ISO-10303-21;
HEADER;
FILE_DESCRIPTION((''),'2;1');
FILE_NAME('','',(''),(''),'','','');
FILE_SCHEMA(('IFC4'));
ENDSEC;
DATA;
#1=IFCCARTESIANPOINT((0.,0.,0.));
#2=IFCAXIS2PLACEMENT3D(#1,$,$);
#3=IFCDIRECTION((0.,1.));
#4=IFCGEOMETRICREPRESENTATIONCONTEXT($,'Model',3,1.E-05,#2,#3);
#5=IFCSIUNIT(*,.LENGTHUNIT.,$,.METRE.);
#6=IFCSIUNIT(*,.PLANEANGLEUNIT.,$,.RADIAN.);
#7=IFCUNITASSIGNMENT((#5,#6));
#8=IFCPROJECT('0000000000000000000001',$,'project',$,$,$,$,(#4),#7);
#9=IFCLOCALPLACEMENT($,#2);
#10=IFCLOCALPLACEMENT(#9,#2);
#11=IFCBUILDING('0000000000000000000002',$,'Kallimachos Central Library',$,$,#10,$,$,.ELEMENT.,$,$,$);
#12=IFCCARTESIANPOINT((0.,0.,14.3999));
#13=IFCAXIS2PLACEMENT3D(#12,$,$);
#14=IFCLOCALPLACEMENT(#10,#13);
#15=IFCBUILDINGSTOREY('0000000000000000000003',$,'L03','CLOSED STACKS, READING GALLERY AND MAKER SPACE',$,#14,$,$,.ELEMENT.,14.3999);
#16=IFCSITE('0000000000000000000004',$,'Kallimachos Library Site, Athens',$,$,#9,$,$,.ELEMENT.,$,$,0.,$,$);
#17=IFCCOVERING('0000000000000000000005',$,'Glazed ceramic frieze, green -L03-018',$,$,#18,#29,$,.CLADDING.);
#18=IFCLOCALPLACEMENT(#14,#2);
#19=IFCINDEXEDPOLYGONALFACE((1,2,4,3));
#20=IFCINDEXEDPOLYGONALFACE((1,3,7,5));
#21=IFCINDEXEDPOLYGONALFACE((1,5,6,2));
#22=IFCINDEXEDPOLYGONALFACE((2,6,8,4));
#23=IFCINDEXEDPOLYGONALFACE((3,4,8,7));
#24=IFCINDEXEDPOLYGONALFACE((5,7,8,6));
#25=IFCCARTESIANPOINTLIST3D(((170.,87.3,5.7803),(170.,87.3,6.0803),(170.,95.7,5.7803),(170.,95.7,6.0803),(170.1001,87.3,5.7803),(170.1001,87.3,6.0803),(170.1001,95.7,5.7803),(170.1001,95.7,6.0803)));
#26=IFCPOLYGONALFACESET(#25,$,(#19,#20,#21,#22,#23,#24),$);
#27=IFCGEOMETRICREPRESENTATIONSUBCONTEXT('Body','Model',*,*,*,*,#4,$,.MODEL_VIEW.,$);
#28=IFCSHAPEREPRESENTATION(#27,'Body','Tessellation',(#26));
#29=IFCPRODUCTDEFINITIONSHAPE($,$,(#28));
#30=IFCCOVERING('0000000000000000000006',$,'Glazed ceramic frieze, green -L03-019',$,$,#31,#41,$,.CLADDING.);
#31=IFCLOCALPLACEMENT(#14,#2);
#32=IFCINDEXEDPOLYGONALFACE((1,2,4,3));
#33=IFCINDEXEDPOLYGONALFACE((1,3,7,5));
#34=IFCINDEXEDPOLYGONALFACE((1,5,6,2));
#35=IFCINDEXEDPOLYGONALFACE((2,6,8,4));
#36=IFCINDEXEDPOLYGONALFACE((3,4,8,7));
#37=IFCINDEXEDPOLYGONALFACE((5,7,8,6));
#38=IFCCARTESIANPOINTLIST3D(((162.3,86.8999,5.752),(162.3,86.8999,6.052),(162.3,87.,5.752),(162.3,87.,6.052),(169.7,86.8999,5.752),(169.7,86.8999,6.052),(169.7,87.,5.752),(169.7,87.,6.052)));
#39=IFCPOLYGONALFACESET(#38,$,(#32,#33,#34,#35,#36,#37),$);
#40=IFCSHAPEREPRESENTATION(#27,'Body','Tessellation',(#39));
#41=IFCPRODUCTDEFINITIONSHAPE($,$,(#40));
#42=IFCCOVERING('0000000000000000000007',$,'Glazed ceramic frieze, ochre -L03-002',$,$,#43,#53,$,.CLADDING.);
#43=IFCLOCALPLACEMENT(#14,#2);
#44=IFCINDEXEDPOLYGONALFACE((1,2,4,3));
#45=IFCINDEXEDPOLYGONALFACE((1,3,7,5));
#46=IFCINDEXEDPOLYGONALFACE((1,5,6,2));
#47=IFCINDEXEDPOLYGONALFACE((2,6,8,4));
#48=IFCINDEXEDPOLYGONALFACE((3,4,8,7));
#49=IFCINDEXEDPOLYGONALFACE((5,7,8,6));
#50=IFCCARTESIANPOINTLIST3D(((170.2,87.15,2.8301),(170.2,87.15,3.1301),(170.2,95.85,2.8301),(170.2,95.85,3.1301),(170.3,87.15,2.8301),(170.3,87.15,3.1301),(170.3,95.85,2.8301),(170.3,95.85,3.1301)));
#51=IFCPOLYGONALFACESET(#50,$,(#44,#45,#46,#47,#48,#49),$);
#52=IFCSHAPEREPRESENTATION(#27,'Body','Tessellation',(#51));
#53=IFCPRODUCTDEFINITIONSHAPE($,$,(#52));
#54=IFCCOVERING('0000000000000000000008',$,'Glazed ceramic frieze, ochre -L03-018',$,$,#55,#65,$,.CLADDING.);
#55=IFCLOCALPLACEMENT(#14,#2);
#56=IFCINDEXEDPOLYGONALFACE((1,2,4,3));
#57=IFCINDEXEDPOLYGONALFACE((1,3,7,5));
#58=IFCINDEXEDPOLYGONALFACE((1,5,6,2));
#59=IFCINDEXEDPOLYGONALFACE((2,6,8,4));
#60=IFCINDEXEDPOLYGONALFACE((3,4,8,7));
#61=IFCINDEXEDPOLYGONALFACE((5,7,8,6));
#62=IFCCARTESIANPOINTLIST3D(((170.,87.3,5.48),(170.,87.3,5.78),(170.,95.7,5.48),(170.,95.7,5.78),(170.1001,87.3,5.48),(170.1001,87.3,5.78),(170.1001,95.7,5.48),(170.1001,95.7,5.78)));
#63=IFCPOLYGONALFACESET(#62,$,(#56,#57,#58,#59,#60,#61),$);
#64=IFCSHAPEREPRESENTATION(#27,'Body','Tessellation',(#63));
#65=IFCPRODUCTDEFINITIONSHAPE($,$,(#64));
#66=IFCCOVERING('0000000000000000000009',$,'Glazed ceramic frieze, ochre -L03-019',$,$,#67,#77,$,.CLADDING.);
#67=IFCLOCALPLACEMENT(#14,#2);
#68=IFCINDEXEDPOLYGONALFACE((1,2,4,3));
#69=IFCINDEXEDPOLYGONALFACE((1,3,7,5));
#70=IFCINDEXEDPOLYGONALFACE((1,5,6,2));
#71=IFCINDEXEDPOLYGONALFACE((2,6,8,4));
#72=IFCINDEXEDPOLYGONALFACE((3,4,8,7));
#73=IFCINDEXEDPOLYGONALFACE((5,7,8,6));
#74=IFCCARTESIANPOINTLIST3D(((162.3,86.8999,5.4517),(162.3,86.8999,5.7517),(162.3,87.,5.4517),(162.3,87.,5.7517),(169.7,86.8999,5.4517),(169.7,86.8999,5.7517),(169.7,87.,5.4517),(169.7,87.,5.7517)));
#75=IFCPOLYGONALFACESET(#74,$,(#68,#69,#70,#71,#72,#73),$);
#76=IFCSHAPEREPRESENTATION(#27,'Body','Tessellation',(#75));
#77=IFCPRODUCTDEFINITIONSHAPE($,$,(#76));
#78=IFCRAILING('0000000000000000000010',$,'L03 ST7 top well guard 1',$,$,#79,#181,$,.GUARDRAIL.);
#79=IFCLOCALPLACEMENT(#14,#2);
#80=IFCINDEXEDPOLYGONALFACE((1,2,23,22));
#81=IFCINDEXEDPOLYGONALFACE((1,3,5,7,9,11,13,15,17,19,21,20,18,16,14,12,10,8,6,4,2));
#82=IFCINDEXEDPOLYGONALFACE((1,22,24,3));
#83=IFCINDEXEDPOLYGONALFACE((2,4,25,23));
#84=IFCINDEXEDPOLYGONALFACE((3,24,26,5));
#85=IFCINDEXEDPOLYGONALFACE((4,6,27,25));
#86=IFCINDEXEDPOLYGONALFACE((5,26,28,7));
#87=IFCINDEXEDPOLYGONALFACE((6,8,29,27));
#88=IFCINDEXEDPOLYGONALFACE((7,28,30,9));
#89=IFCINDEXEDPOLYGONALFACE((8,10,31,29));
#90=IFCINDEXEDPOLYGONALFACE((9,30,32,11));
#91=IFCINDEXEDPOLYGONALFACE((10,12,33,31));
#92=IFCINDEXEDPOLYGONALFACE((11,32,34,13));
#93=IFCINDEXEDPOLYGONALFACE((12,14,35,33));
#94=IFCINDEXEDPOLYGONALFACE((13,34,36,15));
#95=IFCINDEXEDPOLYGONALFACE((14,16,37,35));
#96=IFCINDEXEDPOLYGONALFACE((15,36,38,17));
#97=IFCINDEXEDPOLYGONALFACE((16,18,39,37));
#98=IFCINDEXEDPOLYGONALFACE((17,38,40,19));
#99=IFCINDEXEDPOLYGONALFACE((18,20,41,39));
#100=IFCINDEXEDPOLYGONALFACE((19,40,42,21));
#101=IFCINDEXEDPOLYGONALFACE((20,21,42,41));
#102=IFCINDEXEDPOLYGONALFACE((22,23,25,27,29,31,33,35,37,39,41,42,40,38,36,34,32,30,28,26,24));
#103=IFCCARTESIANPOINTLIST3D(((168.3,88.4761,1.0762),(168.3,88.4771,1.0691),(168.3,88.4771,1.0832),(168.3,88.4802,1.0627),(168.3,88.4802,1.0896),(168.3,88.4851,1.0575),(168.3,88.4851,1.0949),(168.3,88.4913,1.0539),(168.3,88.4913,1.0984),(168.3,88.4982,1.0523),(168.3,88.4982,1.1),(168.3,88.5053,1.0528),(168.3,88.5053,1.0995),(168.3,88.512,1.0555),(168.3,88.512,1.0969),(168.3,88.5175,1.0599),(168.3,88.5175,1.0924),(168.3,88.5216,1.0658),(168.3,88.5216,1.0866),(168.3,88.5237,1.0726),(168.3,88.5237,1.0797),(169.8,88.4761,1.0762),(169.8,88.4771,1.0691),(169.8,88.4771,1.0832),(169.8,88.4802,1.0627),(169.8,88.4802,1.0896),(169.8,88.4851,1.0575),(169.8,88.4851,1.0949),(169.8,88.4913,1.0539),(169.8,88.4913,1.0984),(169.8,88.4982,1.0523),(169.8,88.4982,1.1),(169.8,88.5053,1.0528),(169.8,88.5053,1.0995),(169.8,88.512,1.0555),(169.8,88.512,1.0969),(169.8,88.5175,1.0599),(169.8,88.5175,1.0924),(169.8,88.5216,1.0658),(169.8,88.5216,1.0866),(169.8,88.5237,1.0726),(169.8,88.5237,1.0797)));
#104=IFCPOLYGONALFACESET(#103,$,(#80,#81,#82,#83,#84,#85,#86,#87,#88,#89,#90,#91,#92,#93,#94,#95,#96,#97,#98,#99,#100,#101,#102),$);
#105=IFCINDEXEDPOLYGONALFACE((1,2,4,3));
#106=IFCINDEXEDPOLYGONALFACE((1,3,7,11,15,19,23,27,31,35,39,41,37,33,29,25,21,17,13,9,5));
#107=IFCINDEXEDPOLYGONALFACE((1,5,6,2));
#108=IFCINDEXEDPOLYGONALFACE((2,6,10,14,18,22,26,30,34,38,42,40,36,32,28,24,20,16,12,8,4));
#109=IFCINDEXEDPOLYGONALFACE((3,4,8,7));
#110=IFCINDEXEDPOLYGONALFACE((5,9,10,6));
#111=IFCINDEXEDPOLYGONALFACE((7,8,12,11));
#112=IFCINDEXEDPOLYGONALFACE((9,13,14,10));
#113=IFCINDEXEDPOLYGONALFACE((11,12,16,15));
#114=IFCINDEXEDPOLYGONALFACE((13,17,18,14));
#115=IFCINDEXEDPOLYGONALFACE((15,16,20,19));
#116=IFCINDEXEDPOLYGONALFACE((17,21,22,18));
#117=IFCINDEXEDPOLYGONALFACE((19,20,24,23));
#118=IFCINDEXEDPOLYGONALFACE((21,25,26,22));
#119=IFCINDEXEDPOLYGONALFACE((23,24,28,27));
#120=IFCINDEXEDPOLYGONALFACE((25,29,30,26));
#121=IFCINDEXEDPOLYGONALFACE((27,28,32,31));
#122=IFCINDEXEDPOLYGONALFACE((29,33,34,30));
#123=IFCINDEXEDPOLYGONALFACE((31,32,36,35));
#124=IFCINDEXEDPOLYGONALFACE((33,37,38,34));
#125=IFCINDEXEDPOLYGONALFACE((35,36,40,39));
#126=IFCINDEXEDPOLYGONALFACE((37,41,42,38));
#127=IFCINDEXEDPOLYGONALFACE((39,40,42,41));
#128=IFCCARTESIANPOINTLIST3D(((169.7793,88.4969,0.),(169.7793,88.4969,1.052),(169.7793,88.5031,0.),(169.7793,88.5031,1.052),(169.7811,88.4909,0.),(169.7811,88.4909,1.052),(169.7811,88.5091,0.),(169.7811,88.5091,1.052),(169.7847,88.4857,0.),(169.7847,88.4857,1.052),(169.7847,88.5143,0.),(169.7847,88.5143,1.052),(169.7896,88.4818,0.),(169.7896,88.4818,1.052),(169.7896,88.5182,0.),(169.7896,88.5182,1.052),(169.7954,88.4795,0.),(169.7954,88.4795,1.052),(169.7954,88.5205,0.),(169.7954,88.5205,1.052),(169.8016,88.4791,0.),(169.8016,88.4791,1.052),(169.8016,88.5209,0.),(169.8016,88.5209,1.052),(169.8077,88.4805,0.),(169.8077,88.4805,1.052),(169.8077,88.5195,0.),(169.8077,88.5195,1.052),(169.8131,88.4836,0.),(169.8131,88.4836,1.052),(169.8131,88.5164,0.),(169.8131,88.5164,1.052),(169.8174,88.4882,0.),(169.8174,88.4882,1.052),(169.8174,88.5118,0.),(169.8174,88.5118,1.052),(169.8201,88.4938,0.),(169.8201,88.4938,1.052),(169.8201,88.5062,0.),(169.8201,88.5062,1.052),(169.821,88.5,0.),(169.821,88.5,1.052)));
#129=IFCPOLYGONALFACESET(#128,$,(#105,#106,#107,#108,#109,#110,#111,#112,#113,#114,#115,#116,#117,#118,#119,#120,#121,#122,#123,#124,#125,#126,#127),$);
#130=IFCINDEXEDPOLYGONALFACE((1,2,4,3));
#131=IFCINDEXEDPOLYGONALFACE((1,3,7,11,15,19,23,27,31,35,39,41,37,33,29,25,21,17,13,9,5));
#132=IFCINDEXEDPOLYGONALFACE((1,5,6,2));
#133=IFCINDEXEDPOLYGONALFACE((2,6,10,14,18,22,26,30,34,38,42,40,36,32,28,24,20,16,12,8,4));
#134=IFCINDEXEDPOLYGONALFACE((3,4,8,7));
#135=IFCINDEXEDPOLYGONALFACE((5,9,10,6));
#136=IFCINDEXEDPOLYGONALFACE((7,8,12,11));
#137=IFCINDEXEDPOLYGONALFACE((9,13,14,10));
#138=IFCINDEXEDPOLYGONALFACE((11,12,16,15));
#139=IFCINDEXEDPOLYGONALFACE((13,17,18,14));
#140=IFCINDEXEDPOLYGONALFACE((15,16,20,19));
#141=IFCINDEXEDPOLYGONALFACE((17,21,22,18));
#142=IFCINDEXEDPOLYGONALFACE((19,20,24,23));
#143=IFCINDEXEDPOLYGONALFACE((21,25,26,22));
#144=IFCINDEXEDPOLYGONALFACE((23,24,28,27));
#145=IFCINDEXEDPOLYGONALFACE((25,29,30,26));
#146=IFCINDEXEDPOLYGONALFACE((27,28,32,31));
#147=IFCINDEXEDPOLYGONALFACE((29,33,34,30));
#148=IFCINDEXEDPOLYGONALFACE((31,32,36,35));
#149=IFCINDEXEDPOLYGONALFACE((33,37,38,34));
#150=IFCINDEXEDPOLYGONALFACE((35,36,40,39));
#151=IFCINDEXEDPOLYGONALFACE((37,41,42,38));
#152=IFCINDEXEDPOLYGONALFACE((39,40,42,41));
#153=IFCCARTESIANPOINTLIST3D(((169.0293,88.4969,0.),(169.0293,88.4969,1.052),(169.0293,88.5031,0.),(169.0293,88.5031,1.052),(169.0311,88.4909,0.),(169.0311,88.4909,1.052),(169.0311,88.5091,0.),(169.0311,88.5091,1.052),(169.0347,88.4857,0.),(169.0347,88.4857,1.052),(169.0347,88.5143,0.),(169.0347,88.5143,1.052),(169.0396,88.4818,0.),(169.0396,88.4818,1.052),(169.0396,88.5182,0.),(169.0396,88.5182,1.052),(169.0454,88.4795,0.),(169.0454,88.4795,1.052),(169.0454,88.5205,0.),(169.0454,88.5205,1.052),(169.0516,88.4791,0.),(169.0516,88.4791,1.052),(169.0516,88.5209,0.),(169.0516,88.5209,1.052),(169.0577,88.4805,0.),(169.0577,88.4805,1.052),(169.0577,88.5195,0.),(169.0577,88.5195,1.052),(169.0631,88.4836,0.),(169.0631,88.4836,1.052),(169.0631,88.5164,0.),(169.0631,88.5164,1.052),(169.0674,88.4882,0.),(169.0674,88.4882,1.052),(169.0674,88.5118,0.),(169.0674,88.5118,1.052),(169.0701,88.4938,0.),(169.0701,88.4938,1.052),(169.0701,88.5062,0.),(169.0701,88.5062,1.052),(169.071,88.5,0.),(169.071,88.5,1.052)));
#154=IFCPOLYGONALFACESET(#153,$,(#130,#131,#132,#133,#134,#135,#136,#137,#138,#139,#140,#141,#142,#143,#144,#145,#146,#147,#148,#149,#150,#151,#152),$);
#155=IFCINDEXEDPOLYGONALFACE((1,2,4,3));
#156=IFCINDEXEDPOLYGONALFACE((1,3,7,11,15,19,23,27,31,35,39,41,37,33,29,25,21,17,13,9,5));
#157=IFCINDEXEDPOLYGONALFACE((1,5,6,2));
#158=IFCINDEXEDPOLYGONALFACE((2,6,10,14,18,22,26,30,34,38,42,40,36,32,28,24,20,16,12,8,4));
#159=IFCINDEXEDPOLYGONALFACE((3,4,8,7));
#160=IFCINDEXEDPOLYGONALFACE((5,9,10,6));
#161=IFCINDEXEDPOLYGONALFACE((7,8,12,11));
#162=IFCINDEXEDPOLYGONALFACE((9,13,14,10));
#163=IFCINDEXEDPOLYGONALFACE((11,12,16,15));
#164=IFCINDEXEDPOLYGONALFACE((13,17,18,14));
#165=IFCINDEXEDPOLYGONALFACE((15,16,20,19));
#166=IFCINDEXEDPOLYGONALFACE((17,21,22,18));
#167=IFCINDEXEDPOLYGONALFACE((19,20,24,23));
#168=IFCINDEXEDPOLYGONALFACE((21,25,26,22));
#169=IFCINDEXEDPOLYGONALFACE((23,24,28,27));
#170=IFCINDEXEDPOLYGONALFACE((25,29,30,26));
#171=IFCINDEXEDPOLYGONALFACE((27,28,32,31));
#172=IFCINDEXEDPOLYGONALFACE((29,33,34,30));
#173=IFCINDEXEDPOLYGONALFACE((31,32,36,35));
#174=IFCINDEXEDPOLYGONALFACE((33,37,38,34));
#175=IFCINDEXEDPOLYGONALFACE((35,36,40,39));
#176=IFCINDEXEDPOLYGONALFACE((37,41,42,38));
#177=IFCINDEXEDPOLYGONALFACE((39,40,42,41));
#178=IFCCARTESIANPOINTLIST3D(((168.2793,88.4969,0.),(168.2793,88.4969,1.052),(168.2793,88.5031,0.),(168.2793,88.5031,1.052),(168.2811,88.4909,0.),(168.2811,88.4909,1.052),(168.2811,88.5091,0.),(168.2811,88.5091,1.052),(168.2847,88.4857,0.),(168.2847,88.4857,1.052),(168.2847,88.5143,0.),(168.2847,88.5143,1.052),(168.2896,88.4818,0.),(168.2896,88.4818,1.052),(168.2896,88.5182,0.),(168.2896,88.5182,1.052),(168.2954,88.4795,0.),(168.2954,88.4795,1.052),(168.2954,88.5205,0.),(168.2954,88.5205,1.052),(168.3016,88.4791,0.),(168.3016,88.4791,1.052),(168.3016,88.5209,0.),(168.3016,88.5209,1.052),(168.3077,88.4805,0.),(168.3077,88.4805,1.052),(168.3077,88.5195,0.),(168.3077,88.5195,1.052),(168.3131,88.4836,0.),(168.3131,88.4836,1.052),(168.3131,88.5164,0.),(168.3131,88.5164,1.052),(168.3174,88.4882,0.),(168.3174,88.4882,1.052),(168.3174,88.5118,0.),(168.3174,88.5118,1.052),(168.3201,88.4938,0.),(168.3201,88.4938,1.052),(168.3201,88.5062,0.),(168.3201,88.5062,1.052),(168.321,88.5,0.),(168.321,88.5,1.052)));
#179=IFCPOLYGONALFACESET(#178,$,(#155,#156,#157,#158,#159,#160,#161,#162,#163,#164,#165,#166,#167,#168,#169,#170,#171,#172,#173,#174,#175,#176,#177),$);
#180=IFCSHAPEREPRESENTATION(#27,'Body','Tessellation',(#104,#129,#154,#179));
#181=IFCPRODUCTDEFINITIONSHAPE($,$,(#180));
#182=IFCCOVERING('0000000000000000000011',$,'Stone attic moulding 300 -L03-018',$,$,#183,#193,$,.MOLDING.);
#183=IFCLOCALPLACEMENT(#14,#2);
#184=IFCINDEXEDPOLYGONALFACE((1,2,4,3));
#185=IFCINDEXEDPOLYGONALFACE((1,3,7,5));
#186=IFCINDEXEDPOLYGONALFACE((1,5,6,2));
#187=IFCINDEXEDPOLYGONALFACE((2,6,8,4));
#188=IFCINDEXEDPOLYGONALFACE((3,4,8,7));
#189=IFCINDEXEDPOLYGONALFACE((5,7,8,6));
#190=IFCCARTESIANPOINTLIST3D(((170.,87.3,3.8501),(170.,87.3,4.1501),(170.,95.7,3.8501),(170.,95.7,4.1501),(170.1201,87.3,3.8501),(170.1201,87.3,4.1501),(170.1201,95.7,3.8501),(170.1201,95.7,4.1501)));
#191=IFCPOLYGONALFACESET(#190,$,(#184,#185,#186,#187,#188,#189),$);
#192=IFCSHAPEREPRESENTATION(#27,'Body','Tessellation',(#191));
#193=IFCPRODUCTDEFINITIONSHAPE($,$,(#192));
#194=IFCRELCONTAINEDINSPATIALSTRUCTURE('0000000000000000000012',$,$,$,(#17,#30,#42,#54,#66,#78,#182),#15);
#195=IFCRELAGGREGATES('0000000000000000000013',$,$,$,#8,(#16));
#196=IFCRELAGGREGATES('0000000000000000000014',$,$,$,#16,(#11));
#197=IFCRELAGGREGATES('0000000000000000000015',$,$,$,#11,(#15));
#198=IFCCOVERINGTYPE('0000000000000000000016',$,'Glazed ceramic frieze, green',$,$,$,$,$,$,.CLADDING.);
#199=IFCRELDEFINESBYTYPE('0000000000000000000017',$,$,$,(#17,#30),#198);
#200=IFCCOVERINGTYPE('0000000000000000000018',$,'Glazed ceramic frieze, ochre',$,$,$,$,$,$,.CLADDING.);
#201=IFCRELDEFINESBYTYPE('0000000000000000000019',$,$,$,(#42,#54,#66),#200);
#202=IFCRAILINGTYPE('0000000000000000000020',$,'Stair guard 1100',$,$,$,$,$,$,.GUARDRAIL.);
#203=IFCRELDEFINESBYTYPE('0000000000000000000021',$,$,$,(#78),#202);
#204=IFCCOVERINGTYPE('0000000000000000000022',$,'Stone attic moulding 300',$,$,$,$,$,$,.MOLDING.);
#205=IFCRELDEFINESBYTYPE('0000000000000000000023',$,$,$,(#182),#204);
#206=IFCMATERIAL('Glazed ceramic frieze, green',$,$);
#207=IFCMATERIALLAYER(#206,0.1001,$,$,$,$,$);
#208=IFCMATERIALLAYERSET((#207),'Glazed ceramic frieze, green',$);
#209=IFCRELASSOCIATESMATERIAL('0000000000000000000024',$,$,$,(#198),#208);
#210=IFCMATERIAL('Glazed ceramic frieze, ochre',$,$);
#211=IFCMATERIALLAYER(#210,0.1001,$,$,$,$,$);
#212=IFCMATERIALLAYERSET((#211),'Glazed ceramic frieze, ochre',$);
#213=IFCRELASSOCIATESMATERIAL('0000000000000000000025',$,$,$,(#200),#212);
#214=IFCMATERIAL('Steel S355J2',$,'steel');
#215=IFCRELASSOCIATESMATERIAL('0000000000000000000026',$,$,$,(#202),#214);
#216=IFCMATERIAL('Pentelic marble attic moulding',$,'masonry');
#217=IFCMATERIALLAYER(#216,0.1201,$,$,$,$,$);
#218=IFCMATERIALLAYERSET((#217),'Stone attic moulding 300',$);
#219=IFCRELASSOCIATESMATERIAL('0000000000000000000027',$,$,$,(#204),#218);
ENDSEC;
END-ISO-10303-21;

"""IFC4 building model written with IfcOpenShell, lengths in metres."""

from ifc_helpers import new_model, si_unit, direction, frame, origin, origin_2d, place, context, subcontext, project, spatial, rectangle, circle, extrude, material, layer, layer_set, type_object, element, save


model = new_model("IFC4")

# Units and contexts
model_context = context("Model", 3, precision=1e-05, world=origin(), true_north=direction((0.0, 1.0)))
body_context = subcontext(model_context, "Body", "Model", "MODEL_VIEW")
ifc_project = project(units=[si_unit("LENGTHUNIT", "METRE"), si_unit("PLANEANGLEUNIT", "RADIAN")], contexts=[model_context])

# Site, building, storey
site_placement = place(None, origin())
site = spatial("IfcSite", under=ifc_project, at=site_placement, Name="Kallimachos Library Site, Athens", CompositionType="ELEMENT", RefElevation=0.0)
building_placement = place(site_placement, origin())
building = spatial("IfcBuilding", under=site, at=building_placement, Name="Kallimachos Central Library", CompositionType="ELEMENT")
storey_placement = place(building_placement, frame((0.0, 0.0, 14.3999)))
storey = spatial("IfcBuildingStorey", under=building, at=storey_placement, Name="L03", Description="CLOSED STACKS, READING GALLERY AND MAKER SPACE", CompositionType="ELEMENT", Elevation=14.3999)

# Coverings
ifc_material_1 = material(Name="Glazed ceramic frieze, green")
ifc_layer_1 = layer(ifc_material_1, 0.1001)
ifc_layer_set_1 = layer_set([ifc_layer_1], Name="Glazed ceramic frieze, green")
covering_type_1 = type_object("IfcCoveringType", Name="Glazed ceramic frieze, green", PredefinedType="CLADDING", material=ifc_layer_set_1)
covering_1_placement = place(storey_placement, frame((170.05, 91.5, 5.7803), z_axis=(0.0, 0.0, 1.0), x_axis=(1.0, 0.0, 0.0)))
element("IfcCovering", 1, at=covering_1_placement, inside=storey, type_object=covering_type_1, Name="Glazed ceramic frieze, green -L03-018", PredefinedType="CLADDING", context=body_context, shape_type="SweptSolid", body=[
    extrude(rectangle(XDim=0.1001, YDim=8.3999, at=origin_2d()), origin(), (0.0, 0.0, 1.0), 0.3),
])
covering_2_placement = place(storey_placement, frame((166.0, 86.95, 5.752), z_axis=(0.0, 0.0, 1.0), x_axis=(1.0, 0.0, 0.0)))
element("IfcCovering", 2, at=covering_2_placement, inside=storey, type_object=covering_type_1, Name="Glazed ceramic frieze, green -L03-019", PredefinedType="CLADDING", context=body_context, shape_type="SweptSolid", body=[
    extrude(rectangle(XDim=7.3999, YDim=0.1001, at=origin_2d()), origin(), (0.0, 0.0, 1.0), 0.3),
])
ifc_material_2 = material(Name="Glazed ceramic frieze, ochre")
ifc_layer_2 = layer(ifc_material_2, 0.1001)
ifc_layer_set_2 = layer_set([ifc_layer_2], Name="Glazed ceramic frieze, ochre")
covering_type_2 = type_object("IfcCoveringType", Name="Glazed ceramic frieze, ochre", PredefinedType="CLADDING", material=ifc_layer_set_2)
covering_3_placement = place(storey_placement, frame((170.25, 91.5, 2.8301), z_axis=(0.0, 0.0, 1.0), x_axis=(1.0, 0.0, 0.0)))
element("IfcCovering", 3, at=covering_3_placement, inside=storey, type_object=covering_type_2, Name="Glazed ceramic frieze, ochre -L03-002", PredefinedType="CLADDING", context=body_context, shape_type="SweptSolid", body=[
    extrude(rectangle(XDim=0.1001, YDim=8.7, at=origin_2d()), origin(), (0.0, 0.0, 1.0), 0.3),
])
covering_4_placement = place(storey_placement, frame((170.05, 91.5, 5.48), z_axis=(0.0, 0.0, 1.0), x_axis=(1.0, 0.0, 0.0)))
element("IfcCovering", 4, at=covering_4_placement, inside=storey, type_object=covering_type_2, Name="Glazed ceramic frieze, ochre -L03-018", PredefinedType="CLADDING", context=body_context, shape_type="SweptSolid", body=[
    extrude(rectangle(XDim=0.1001, YDim=8.3999, at=origin_2d()), origin(), (0.0, 0.0, 1.0), 0.3),
])
covering_5_placement = place(storey_placement, frame((166.0, 86.95, 5.4517), z_axis=(0.0, 0.0, 1.0), x_axis=(1.0, 0.0, 0.0)))
element("IfcCovering", 5, at=covering_5_placement, inside=storey, type_object=covering_type_2, Name="Glazed ceramic frieze, ochre -L03-019", PredefinedType="CLADDING", context=body_context, shape_type="SweptSolid", body=[
    extrude(rectangle(XDim=7.3999, YDim=0.1001, at=origin_2d()), origin(), (0.0, 0.0, 1.0), 0.3),
])

# Railing
ifc_material_3 = material(Name="Steel S355J2", Category="steel")
railing_type = type_object("IfcRailingType", Name="Stair guard 1100", PredefinedType="GUARDRAIL", material=ifc_material_3)
railing_placement = place(storey_placement, frame((169.8, 88.5, 0.0)))
element("IfcRailing", 6, at=railing_placement, inside=storey, type_object=railing_type, Name="L03 ST7 top well guard 1", PredefinedType="GUARDRAIL", context=body_context, shape_type="SweptSolid", body=[
    extrude(circle(Radius=0.0239, at=origin_2d()), frame((0.0, 0.0, 1.0762), z_axis=(-1.0, 0.0, 0.0), x_axis=(0.0, -1.0, 0.0)), (0.0, 0.0, 1.0), 1.5),
    extrude(circle(Radius=0.021, at=origin_2d()), origin(), (0.0, 0.0, 1.0), 1.052),
    extrude(circle(Radius=0.021, at=origin_2d()), frame((-0.75, 0.0, 0.0)), (0.0, 0.0, 1.0), 1.052),
    extrude(circle(Radius=0.021, at=origin_2d()), frame((-1.5, 0.0, 0.0)), (0.0, 0.0, 1.0), 1.052),
])

# Covering
ifc_material_4 = material(Name="Pentelic marble attic moulding", Category="masonry")
ifc_layer_3 = layer(ifc_material_4, 0.1201)
ifc_layer_set_3 = layer_set([ifc_layer_3], Name="Stone attic moulding 300")
covering_type_3 = type_object("IfcCoveringType", Name="Stone attic moulding 300", PredefinedType="MOLDING", material=ifc_layer_set_3)
covering_6_placement = place(storey_placement, frame((170.0601, 91.5, 3.8501), z_axis=(0.0, 0.0, 1.0), x_axis=(1.0, 0.0, 0.0)))
element("IfcCovering", 7, at=covering_6_placement, inside=storey, type_object=covering_type_3, Name="Stone attic moulding 300 -L03-018", PredefinedType="MOLDING", context=body_context, shape_type="SweptSolid", body=[
    extrude(rectangle(XDim=0.1201, YDim=8.3999, at=origin_2d()), origin(), (0.0, 0.0, 1.0), 0.3),
])

save(model, "model.ifc")
